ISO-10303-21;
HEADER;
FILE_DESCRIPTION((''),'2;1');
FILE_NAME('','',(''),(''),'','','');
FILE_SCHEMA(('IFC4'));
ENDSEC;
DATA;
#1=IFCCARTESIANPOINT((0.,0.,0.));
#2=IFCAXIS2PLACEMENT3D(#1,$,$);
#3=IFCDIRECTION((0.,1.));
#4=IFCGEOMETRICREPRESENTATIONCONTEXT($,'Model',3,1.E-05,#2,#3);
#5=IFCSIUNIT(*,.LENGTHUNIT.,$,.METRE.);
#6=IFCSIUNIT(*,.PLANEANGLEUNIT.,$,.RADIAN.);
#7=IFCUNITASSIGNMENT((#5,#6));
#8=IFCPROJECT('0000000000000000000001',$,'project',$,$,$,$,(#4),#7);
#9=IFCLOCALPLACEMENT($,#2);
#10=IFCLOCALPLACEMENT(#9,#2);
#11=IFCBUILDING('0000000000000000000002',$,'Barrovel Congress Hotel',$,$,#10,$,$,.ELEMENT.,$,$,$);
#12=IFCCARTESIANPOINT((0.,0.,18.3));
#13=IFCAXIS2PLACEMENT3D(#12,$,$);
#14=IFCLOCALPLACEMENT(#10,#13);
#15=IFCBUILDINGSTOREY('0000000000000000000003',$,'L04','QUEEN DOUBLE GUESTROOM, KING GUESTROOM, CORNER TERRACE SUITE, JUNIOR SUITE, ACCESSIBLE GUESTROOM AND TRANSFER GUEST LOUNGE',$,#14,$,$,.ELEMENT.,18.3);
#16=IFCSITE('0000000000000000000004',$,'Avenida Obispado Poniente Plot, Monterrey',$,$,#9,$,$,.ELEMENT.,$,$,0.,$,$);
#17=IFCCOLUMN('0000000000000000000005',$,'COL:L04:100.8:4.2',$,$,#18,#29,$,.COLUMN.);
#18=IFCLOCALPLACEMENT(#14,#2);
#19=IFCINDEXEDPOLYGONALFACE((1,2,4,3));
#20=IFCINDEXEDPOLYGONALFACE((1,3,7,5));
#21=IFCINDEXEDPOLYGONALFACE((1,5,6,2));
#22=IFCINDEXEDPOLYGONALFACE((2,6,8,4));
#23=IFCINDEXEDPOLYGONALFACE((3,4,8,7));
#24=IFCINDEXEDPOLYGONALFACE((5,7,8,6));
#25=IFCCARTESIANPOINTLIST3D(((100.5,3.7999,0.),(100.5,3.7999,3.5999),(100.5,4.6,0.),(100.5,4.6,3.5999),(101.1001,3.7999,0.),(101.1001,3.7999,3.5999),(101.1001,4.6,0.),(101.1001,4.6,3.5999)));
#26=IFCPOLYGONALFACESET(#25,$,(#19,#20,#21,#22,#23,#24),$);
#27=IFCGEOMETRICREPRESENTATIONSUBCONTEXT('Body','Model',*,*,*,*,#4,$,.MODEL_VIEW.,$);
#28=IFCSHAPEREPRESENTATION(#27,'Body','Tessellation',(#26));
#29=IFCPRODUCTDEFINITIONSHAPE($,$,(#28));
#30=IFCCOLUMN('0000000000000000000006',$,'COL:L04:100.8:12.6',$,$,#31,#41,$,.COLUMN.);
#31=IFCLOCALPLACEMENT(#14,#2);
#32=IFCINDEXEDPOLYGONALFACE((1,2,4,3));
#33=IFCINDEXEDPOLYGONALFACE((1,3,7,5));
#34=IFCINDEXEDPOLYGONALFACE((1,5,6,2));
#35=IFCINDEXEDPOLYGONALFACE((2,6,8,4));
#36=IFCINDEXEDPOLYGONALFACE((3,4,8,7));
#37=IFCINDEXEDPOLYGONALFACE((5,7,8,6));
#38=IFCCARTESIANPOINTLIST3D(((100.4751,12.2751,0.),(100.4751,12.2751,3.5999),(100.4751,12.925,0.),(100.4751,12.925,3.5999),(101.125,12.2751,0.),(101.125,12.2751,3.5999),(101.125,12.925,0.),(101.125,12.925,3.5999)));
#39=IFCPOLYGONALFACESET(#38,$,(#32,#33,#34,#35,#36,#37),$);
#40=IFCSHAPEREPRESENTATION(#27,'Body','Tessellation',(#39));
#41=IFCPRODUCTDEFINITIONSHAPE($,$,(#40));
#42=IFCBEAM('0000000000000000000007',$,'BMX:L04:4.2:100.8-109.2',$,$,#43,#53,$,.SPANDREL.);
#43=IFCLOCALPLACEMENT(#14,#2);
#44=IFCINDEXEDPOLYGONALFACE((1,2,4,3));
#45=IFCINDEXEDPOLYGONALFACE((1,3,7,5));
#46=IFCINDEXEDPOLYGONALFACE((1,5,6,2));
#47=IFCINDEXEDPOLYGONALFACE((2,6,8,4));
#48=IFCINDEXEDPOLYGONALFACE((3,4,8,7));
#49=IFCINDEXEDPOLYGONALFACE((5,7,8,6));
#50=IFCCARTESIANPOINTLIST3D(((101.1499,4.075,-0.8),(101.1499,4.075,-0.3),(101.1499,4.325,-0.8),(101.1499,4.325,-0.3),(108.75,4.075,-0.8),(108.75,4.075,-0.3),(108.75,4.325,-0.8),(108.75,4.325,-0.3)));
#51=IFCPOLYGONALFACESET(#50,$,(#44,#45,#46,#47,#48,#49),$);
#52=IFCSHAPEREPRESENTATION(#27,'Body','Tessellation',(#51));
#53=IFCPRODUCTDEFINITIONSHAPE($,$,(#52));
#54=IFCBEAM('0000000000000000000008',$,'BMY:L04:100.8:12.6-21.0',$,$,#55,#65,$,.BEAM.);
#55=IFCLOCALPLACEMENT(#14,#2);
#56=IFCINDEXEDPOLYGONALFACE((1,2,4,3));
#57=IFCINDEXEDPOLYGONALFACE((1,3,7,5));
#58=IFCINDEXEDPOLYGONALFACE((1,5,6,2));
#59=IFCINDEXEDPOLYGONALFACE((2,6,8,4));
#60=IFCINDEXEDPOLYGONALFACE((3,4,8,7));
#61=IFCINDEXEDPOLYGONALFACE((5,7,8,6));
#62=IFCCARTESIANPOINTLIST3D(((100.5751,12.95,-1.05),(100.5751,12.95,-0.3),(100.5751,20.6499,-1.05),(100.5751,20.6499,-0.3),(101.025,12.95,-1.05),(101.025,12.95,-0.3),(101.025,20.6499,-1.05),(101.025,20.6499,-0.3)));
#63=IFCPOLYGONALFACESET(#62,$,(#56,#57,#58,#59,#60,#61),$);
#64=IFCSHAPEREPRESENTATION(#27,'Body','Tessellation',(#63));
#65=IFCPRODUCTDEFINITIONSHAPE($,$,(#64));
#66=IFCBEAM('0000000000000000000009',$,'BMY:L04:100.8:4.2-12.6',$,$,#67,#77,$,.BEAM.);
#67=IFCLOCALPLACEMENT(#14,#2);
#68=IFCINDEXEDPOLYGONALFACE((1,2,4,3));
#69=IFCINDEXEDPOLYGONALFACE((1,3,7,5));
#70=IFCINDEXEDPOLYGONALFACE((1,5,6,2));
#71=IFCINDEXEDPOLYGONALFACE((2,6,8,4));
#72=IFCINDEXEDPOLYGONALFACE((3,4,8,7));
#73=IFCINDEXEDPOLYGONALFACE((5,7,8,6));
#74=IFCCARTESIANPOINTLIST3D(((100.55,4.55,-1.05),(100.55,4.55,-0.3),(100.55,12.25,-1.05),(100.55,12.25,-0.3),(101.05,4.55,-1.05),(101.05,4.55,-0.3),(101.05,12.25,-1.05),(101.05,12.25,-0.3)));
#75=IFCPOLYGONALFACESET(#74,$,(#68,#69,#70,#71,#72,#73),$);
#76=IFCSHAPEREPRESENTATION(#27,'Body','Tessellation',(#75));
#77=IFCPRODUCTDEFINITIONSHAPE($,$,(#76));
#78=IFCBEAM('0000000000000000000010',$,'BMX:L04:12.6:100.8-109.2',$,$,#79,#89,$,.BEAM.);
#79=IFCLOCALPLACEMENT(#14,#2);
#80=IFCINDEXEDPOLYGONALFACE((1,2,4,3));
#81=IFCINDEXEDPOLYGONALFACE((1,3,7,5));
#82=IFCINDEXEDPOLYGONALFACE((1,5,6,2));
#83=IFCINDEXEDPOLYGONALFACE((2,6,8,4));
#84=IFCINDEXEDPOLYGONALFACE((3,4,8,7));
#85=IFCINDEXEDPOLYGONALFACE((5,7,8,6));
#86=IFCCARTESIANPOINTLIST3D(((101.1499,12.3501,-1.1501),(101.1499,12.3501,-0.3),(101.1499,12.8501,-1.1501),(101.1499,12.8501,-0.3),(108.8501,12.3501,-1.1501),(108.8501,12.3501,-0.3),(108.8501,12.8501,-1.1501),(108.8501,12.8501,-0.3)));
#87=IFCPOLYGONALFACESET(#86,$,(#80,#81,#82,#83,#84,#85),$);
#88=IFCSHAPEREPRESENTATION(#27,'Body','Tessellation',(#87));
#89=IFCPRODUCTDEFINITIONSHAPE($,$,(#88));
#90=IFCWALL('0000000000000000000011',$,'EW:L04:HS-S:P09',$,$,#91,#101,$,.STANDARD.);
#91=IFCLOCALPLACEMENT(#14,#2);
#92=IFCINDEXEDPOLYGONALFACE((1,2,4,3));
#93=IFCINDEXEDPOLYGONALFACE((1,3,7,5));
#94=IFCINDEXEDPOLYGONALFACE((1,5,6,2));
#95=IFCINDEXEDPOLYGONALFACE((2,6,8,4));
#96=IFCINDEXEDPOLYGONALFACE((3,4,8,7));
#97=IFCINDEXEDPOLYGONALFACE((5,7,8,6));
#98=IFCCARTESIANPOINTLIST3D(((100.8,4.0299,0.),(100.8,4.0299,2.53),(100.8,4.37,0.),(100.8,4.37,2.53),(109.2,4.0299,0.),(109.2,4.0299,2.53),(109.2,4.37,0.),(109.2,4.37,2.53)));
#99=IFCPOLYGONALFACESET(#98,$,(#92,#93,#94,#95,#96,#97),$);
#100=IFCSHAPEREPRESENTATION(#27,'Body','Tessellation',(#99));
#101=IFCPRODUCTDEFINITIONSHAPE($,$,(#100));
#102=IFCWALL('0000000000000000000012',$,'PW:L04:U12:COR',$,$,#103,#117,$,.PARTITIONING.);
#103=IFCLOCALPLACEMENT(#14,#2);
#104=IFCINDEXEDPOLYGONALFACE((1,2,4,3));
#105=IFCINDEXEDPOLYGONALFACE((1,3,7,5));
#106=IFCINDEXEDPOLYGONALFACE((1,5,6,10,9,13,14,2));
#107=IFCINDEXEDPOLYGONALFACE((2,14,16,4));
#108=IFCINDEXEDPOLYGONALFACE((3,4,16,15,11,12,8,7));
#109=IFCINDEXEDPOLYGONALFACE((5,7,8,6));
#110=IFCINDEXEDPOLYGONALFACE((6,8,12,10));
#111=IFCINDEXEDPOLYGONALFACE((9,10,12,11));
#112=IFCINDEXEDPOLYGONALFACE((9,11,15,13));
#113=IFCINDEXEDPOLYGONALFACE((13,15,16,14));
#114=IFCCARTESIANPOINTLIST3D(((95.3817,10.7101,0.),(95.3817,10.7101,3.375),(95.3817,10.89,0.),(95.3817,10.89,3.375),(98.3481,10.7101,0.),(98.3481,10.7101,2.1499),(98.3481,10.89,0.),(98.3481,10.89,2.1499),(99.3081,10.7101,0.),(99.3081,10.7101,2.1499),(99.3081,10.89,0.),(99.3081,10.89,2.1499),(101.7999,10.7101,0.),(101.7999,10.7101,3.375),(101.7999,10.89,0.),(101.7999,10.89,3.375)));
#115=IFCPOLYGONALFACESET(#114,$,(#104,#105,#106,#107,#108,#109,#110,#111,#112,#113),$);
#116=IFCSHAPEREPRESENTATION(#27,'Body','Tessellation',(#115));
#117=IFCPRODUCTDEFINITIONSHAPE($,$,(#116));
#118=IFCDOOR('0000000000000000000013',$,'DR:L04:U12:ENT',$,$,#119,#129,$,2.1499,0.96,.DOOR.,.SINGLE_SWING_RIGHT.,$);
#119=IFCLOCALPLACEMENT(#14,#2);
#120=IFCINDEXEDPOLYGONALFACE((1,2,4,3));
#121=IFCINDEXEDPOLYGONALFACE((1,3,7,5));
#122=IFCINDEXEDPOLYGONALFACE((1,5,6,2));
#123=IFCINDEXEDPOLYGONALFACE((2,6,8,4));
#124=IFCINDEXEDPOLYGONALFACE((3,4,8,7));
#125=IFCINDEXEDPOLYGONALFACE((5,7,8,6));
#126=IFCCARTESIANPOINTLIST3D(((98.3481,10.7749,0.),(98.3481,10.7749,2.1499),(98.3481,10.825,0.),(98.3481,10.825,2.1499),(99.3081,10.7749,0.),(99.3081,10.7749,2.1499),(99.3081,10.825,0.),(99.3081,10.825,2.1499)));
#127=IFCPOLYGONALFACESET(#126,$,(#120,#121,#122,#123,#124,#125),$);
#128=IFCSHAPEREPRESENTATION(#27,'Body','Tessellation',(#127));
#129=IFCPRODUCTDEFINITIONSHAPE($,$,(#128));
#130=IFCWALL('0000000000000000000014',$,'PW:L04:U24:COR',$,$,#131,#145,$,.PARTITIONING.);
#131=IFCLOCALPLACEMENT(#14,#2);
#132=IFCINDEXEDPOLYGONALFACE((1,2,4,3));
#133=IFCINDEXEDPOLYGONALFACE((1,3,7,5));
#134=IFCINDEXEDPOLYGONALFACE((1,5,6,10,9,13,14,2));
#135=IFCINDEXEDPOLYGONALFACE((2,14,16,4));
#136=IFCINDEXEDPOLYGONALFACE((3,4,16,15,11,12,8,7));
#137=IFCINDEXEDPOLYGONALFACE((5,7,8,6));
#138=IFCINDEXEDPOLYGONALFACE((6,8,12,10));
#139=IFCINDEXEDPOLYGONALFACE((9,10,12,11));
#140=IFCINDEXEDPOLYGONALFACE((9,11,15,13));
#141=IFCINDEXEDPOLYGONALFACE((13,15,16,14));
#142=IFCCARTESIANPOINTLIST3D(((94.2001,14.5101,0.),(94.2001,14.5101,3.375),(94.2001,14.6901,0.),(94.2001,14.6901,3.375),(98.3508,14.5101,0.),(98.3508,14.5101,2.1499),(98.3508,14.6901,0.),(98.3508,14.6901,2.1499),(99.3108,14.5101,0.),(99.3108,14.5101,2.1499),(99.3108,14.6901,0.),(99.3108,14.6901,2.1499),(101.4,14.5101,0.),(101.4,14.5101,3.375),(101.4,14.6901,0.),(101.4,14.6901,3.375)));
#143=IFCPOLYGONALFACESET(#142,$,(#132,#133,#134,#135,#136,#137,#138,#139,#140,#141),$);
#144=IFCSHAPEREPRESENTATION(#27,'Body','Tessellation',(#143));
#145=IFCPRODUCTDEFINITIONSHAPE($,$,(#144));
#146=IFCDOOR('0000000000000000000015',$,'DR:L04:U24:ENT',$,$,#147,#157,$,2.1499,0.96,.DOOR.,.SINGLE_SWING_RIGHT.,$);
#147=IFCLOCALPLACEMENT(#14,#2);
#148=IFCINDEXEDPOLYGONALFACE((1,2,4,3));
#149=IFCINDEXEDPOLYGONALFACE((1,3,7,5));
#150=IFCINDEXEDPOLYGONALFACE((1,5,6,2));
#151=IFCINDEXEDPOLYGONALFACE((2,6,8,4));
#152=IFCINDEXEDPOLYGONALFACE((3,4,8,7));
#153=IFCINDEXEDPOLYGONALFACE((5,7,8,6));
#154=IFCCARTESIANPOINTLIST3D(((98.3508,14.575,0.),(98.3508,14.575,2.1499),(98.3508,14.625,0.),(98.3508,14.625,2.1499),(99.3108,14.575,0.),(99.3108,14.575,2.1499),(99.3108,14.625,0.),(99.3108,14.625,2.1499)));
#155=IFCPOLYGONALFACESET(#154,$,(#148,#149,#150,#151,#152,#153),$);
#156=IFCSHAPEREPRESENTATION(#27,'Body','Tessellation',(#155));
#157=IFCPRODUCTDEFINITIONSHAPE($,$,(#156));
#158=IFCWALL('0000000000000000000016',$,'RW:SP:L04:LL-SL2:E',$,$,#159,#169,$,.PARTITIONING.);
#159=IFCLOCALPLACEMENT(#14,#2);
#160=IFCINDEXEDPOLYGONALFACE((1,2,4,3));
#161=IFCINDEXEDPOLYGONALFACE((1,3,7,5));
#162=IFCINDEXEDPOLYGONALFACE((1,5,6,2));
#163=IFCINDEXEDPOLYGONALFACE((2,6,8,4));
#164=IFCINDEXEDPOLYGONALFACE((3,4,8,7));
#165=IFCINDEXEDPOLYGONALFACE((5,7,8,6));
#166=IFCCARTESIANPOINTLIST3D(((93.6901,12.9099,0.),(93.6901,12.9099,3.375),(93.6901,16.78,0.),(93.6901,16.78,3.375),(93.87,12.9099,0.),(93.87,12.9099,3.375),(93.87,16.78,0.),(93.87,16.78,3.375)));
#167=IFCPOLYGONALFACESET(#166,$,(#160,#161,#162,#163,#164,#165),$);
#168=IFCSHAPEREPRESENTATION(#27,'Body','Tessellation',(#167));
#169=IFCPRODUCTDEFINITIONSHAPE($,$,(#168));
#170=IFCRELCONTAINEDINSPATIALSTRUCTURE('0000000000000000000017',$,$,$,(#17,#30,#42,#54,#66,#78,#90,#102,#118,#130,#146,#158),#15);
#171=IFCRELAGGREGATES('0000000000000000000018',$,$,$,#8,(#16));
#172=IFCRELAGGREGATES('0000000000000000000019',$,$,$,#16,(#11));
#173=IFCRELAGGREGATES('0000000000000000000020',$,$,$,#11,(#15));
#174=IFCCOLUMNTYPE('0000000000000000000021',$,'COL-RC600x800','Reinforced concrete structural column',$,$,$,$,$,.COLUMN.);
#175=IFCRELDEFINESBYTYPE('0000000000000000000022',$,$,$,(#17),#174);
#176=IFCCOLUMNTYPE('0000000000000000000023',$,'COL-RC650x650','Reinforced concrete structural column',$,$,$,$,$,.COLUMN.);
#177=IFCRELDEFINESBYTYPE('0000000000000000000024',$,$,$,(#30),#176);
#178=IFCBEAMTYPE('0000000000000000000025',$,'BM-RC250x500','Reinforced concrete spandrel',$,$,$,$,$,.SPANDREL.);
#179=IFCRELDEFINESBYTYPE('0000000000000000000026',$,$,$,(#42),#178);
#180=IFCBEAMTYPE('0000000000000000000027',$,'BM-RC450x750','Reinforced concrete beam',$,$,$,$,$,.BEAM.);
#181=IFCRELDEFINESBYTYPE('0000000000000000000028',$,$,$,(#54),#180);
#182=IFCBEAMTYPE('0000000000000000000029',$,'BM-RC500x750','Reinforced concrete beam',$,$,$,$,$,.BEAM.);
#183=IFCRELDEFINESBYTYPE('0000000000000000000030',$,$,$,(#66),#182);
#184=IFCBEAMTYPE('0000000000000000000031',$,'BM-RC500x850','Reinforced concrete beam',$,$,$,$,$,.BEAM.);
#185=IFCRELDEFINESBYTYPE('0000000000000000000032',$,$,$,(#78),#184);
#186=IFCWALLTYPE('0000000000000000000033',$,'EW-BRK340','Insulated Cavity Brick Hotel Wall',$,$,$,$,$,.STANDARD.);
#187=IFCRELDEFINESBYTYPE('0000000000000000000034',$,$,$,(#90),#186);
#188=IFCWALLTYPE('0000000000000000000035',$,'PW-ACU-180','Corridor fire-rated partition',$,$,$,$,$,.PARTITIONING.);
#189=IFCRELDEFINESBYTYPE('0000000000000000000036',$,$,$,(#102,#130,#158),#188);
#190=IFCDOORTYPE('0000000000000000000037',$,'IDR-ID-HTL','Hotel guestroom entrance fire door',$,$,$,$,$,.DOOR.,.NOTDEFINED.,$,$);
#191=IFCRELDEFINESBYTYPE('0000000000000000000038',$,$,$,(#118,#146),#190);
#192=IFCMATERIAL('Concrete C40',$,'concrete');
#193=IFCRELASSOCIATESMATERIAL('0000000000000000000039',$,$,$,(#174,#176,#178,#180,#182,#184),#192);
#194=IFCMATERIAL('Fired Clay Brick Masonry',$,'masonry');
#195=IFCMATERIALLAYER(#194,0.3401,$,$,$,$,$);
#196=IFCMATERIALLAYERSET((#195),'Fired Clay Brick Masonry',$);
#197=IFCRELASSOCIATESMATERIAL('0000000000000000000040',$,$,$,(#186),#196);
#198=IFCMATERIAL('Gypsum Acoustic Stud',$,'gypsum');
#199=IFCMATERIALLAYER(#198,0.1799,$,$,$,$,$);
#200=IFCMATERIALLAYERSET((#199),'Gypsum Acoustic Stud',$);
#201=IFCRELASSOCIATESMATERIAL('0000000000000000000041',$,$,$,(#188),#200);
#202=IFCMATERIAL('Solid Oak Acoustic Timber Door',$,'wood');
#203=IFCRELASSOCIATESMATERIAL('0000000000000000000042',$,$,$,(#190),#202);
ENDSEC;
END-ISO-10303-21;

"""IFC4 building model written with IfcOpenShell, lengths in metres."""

from ifc_helpers import new_model, si_unit, direction, frame, frame_2d, origin, origin_2d, place, context, subcontext, project, spatial, rectangle, extrude, material, layer, layer_set, material_profile, profile_set, type_object, element, fill, save


model = new_model("IFC4")

# Units and contexts
model_context = context("Model", 3, precision=1e-05, world=origin(), true_north=direction((0.0, 1.0)))
body_context = subcontext(model_context, "Body", "Model", "MODEL_VIEW")
ifc_project = project(units=[si_unit("LENGTHUNIT", "METRE"), si_unit("PLANEANGLEUNIT", "RADIAN")], contexts=[model_context])

# Site, building, storey
site_placement = place(None, origin())
site = spatial("IfcSite", under=ifc_project, at=site_placement, Name="Avenida Obispado Poniente Plot, Monterrey", CompositionType="ELEMENT", RefElevation=0.0)
building_placement = place(site_placement, origin())
building = spatial("IfcBuilding", under=site, at=building_placement, Name="Barrovel Congress Hotel", CompositionType="ELEMENT")
storey_placement = place(building_placement, frame((0.0, 0.0, 18.3)))
storey = spatial("IfcBuildingStorey", under=building, at=storey_placement, Name="L04", Description="QUEEN DOUBLE GUESTROOM, KING GUESTROOM, CORNER TERRACE SUITE, JUNIOR SUITE, ACCESSIBLE GUESTROOM AND TRANSFER GUEST LOUNGE", CompositionType="ELEMENT", Elevation=18.3)

# Columns
ifc_material_1 = material(Name="Concrete C40", Category="concrete")
ifc_material_profile_1 = material_profile(ifc_material_1, rectangle(XDim=0.6001, YDim=0.8, at=origin_2d()), Name="RC600x800")
ifc_profile_set_1 = profile_set([ifc_material_profile_1], Name="Concrete C40")
column_type_1 = type_object("IfcColumnType", Name="COL-RC600x800", Description="Reinforced concrete structural column", PredefinedType="COLUMN", material=ifc_profile_set_1)
column_1_placement = place(storey_placement, frame((100.8, 4.2, 0.0), z_axis=(0.0, 0.0, 1.0), x_axis=(1.0, 0.0, 0.0)))
element("IfcColumn", 1, at=column_1_placement, inside=storey, type_object=column_type_1, Name="COL:L04:100.8:4.2", PredefinedType="COLUMN", context=body_context, shape_type="SweptSolid", body=[
    extrude(rectangle(XDim=0.6001, YDim=0.8, at=origin_2d()), origin(), (0.0, 0.0, 1.0), 3.5999),
])
ifc_material_profile_2 = material_profile(ifc_material_1, rectangle(XDim=0.6499, YDim=0.6499, at=origin_2d()), Name="RC650x650")
ifc_profile_set_2 = profile_set([ifc_material_profile_2], Name="Concrete C40")
column_type_2 = type_object("IfcColumnType", Name="COL-RC650x650", Description="Reinforced concrete structural column", PredefinedType="COLUMN", material=ifc_profile_set_2)
column_2_placement = place(storey_placement, frame((100.8, 12.6001, 0.0), z_axis=(0.0, 0.0, 1.0), x_axis=(1.0, 0.0, 0.0)))
element("IfcColumn", 2, at=column_2_placement, inside=storey, type_object=column_type_2, Name="COL:L04:100.8:12.6", PredefinedType="COLUMN", context=body_context, shape_type="SweptSolid", body=[
    extrude(rectangle(XDim=0.6499, YDim=0.6499, at=origin_2d()), origin(), (0.0, 0.0, 1.0), 3.5999),
])

# Beams
ifc_material_profile_3 = material_profile(ifc_material_1, rectangle(XDim=0.25, YDim=0.5, at=origin_2d()), Name="RC250x500")
ifc_profile_set_3 = profile_set([ifc_material_profile_3], Name="Concrete C40")
beam_type_1 = type_object("IfcBeamType", Name="BM-RC250x500", Description="Reinforced concrete spandrel", PredefinedType="SPANDREL", material=ifc_profile_set_3)
beam_1_placement = place(storey_placement, frame((101.1499, 4.2, -0.55), z_axis=(1.0, 0.0, 0.0), x_axis=(0.0, 1.0, 0.0)))
element("IfcBeam", 3, at=beam_1_placement, inside=storey, type_object=beam_type_1, Name="BMX:L04:4.2:100.8-109.2", PredefinedType="SPANDREL", context=body_context, shape_type="SweptSolid", body=[
    extrude(rectangle(XDim=0.25, YDim=0.5, at=origin_2d()), origin(), (0.0, 0.0, 1.0), 7.6001),
])
ifc_material_profile_4 = material_profile(ifc_material_1, rectangle(XDim=0.45, YDim=0.75, at=origin_2d()), Name="RC450x750")
ifc_profile_set_4 = profile_set([ifc_material_profile_4], Name="Concrete C40")
beam_type_2 = type_object("IfcBeamType", Name="BM-RC450x750", Description="Reinforced concrete beam", PredefinedType="BEAM", material=ifc_profile_set_4)
beam_2_placement = place(storey_placement, frame((100.8, 12.95, -0.675), z_axis=(0.0, 1.0, 0.0), x_axis=(-1.0, 0.0, 0.0)))
element("IfcBeam", 4, at=beam_2_placement, inside=storey, type_object=beam_type_2, Name="BMY:L04:100.8:12.6-21.0", PredefinedType="BEAM", context=body_context, shape_type="SweptSolid", body=[
    extrude(rectangle(XDim=0.45, YDim=0.75, at=origin_2d()), origin(), (0.0, 0.0, 1.0), 7.7),
])
ifc_material_profile_5 = material_profile(ifc_material_1, rectangle(XDim=0.5, YDim=0.75, at=origin_2d()), Name="RC500x750")
ifc_profile_set_5 = profile_set([ifc_material_profile_5], Name="Concrete C40")
beam_type_3 = type_object("IfcBeamType", Name="BM-RC500x750", Description="Reinforced concrete beam", PredefinedType="BEAM", material=ifc_profile_set_5)
beam_3_placement = place(storey_placement, frame((100.8, 4.55, -0.675), z_axis=(0.0, 1.0, 0.0), x_axis=(-1.0, 0.0, 0.0)))
element("IfcBeam", 5, at=beam_3_placement, inside=storey, type_object=beam_type_3, Name="BMY:L04:100.8:4.2-12.6", PredefinedType="BEAM", context=body_context, shape_type="SweptSolid", body=[
    extrude(rectangle(XDim=0.5, YDim=0.75, at=origin_2d()), origin(), (0.0, 0.0, 1.0), 7.7),
])
ifc_material_profile_6 = material_profile(ifc_material_1, rectangle(XDim=0.5, YDim=0.8501, at=origin_2d()), Name="RC500x850")
ifc_profile_set_6 = profile_set([ifc_material_profile_6], Name="Concrete C40")
beam_type_4 = type_object("IfcBeamType", Name="BM-RC500x850", Description="Reinforced concrete beam", PredefinedType="BEAM", material=ifc_profile_set_6)
beam_4_placement = place(storey_placement, frame((101.1499, 12.6001, -0.7251), z_axis=(1.0, 0.0, 0.0), x_axis=(0.0, 1.0, 0.0)))
element("IfcBeam", 6, at=beam_4_placement, inside=storey, type_object=beam_type_4, Name="BMX:L04:12.6:100.8-109.2", PredefinedType="BEAM", context=body_context, shape_type="SweptSolid", body=[
    extrude(rectangle(XDim=0.5, YDim=0.8501, at=origin_2d()), origin(), (0.0, 0.0, 1.0), 7.7002),
])

# Wall
ifc_material_2 = material(Name="Fired Clay Brick Masonry", Category="masonry")
ifc_layer_1 = layer(ifc_material_2, 0.3401)
ifc_layer_set_1 = layer_set([ifc_layer_1], Name="Fired Clay Brick Masonry")
wall_type_1 = type_object("IfcWallType", Name="EW-BRK340", Description="Insulated Cavity Brick Hotel Wall", PredefinedType="STANDARD", material=ifc_layer_set_1)
wall_1_placement = place(storey_placement, frame((100.8, 4.2, 0.0), z_axis=(0.0, 0.0, 1.0), x_axis=(1.0, 0.0, 0.0)))
element("IfcWall", 7, at=wall_1_placement, inside=storey, type_object=wall_type_1, Name="EW:L04:HS-S:P09", PredefinedType="STANDARD", context=body_context, shape_type="SweptSolid", body=[
    extrude(rectangle(XDim=8.3999, YDim=0.3401, at=frame_2d((4.2, 0.0))), origin(), (0.0, 0.0, 1.0), 2.53),
])

# Walls, openings, doors
ifc_material_3 = material(Name="Gypsum Acoustic Stud", Category="gypsum")
ifc_layer_2 = layer(ifc_material_3, 0.1799)
ifc_layer_set_2 = layer_set([ifc_layer_2], Name="Gypsum Acoustic Stud")
wall_type_2 = type_object("IfcWallType", Name="PW-ACU-180", Description="Corridor fire-rated partition", PredefinedType="PARTITIONING", material=ifc_layer_set_2)
wall_2_placement = place(storey_placement, frame((95.3818, 10.8, 0.0), z_axis=(0.0, 0.0, 1.0), x_axis=(1.0, 0.0, 0.0)))
wall_2 = element("IfcWall", 8, at=wall_2_placement, inside=storey, type_object=wall_type_2, Name="PW:L04:U12:COR", PredefinedType="PARTITIONING", context=body_context, shape_type="SweptSolid", body=[
    extrude(rectangle(XDim=6.4182, YDim=0.1799, at=frame_2d((3.209, 0.0))), origin(), (0.0, 0.0, 1.0), 3.375),
])
opening_1_placement = place(wall_2_placement, frame((2.9663, 0.0, 0.0)))
opening_1 = element("IfcOpeningElement", 9, at=opening_1_placement, cuts=wall_2, PredefinedType="OPENING", context=body_context, shape_type="SweptSolid", body=[
    extrude(rectangle(XDim=0.96, YDim=2.1499, at=frame_2d((0.48, 1.075))), frame((0.0, 0.1001, 0.0), z_axis=(0.0, -1.0, 0.0), x_axis=(1.0, 0.0, 0.0)), (0.0, 0.0, 1.0), 0.2),
])
ifc_material_4 = material(Name="Solid Oak Acoustic Timber Door", Category="wood")
door_type_1 = type_object("IfcDoorType", Name="IDR-ID-HTL", Description="Hotel guestroom entrance fire door", OperationType="NOTDEFINED", PredefinedType="DOOR", material=ifc_material_4)
door_1_placement = place(opening_1_placement, origin())
door_1 = element("IfcDoor", 10, at=door_1_placement, inside=storey, type_object=door_type_1, Name="DR:L04:U12:ENT", OperationType="SINGLE_SWING_RIGHT", OverallHeight=2.1499, OverallWidth=0.96, PredefinedType="DOOR", context=body_context, shape_type="SweptSolid", body=[
    extrude(rectangle(XDim=0.96, YDim=2.1499, at=frame_2d((0.48, 1.075))), frame((0.0, 0.0249, 0.0), z_axis=(0.0, -1.0, 0.0), x_axis=(1.0, 0.0, 0.0)), (0.0, 0.0, 1.0), 0.05),
])
fill(opening_1, door_1)
wall_3_placement = place(storey_placement, frame((94.2, 14.6001, 0.0), z_axis=(0.0, 0.0, 1.0), x_axis=(1.0, 0.0, 0.0)))
wall_3 = element("IfcWall", 11, at=wall_3_placement, inside=storey, type_object=wall_type_2, Name="PW:L04:U24:COR", PredefinedType="PARTITIONING", context=body_context, shape_type="SweptSolid", body=[
    extrude(rectangle(XDim=7.2, YDim=0.1799, at=frame_2d((3.6001, 0.0))), origin(), (0.0, 0.0, 1.0), 3.375),
])
opening_2_placement = place(wall_3_placement, frame((4.1509, 0.0, 0.0)))
opening_2 = element("IfcOpeningElement", 12, at=opening_2_placement, cuts=wall_3, PredefinedType="OPENING", context=body_context, shape_type="SweptSolid", body=[
    extrude(rectangle(XDim=0.96, YDim=2.1499, at=frame_2d((0.48, 1.075))), frame((0.0, 0.1001, 0.0), z_axis=(0.0, -1.0, 0.0), x_axis=(1.0, 0.0, 0.0)), (0.0, 0.0, 1.0), 0.2),
])
door_2_placement = place(opening_2_placement, origin())
door_2 = element("IfcDoor", 13, at=door_2_placement, inside=storey, type_object=door_type_1, Name="DR:L04:U24:ENT", OperationType="SINGLE_SWING_RIGHT", OverallHeight=2.1499, OverallWidth=0.96, PredefinedType="DOOR", context=body_context, shape_type="SweptSolid", body=[
    extrude(rectangle(XDim=0.96, YDim=2.1499, at=frame_2d((0.48, 1.075))), frame((0.0, 0.0249, 0.0), z_axis=(0.0, -1.0, 0.0), x_axis=(1.0, 0.0, 0.0)), (0.0, 0.0, 1.0), 0.05),
])
fill(opening_2, door_2)

# Wall
wall_4_placement = place(storey_placement, frame((93.78, 12.9099, 0.0), z_axis=(0.0, 0.0, 1.0), x_axis=(0.0, 1.0, 0.0)))
element("IfcWall", 14, at=wall_4_placement, inside=storey, type_object=wall_type_2, Name="RW:SP:L04:LL-SL2:E", PredefinedType="PARTITIONING", context=body_context, shape_type="SweptSolid", body=[
    extrude(rectangle(XDim=3.8701, YDim=0.1799, at=frame_2d((1.9351, 0.0))), origin(), (0.0, 0.0, 1.0), 3.375),
])

save(model, "model.ifc")
